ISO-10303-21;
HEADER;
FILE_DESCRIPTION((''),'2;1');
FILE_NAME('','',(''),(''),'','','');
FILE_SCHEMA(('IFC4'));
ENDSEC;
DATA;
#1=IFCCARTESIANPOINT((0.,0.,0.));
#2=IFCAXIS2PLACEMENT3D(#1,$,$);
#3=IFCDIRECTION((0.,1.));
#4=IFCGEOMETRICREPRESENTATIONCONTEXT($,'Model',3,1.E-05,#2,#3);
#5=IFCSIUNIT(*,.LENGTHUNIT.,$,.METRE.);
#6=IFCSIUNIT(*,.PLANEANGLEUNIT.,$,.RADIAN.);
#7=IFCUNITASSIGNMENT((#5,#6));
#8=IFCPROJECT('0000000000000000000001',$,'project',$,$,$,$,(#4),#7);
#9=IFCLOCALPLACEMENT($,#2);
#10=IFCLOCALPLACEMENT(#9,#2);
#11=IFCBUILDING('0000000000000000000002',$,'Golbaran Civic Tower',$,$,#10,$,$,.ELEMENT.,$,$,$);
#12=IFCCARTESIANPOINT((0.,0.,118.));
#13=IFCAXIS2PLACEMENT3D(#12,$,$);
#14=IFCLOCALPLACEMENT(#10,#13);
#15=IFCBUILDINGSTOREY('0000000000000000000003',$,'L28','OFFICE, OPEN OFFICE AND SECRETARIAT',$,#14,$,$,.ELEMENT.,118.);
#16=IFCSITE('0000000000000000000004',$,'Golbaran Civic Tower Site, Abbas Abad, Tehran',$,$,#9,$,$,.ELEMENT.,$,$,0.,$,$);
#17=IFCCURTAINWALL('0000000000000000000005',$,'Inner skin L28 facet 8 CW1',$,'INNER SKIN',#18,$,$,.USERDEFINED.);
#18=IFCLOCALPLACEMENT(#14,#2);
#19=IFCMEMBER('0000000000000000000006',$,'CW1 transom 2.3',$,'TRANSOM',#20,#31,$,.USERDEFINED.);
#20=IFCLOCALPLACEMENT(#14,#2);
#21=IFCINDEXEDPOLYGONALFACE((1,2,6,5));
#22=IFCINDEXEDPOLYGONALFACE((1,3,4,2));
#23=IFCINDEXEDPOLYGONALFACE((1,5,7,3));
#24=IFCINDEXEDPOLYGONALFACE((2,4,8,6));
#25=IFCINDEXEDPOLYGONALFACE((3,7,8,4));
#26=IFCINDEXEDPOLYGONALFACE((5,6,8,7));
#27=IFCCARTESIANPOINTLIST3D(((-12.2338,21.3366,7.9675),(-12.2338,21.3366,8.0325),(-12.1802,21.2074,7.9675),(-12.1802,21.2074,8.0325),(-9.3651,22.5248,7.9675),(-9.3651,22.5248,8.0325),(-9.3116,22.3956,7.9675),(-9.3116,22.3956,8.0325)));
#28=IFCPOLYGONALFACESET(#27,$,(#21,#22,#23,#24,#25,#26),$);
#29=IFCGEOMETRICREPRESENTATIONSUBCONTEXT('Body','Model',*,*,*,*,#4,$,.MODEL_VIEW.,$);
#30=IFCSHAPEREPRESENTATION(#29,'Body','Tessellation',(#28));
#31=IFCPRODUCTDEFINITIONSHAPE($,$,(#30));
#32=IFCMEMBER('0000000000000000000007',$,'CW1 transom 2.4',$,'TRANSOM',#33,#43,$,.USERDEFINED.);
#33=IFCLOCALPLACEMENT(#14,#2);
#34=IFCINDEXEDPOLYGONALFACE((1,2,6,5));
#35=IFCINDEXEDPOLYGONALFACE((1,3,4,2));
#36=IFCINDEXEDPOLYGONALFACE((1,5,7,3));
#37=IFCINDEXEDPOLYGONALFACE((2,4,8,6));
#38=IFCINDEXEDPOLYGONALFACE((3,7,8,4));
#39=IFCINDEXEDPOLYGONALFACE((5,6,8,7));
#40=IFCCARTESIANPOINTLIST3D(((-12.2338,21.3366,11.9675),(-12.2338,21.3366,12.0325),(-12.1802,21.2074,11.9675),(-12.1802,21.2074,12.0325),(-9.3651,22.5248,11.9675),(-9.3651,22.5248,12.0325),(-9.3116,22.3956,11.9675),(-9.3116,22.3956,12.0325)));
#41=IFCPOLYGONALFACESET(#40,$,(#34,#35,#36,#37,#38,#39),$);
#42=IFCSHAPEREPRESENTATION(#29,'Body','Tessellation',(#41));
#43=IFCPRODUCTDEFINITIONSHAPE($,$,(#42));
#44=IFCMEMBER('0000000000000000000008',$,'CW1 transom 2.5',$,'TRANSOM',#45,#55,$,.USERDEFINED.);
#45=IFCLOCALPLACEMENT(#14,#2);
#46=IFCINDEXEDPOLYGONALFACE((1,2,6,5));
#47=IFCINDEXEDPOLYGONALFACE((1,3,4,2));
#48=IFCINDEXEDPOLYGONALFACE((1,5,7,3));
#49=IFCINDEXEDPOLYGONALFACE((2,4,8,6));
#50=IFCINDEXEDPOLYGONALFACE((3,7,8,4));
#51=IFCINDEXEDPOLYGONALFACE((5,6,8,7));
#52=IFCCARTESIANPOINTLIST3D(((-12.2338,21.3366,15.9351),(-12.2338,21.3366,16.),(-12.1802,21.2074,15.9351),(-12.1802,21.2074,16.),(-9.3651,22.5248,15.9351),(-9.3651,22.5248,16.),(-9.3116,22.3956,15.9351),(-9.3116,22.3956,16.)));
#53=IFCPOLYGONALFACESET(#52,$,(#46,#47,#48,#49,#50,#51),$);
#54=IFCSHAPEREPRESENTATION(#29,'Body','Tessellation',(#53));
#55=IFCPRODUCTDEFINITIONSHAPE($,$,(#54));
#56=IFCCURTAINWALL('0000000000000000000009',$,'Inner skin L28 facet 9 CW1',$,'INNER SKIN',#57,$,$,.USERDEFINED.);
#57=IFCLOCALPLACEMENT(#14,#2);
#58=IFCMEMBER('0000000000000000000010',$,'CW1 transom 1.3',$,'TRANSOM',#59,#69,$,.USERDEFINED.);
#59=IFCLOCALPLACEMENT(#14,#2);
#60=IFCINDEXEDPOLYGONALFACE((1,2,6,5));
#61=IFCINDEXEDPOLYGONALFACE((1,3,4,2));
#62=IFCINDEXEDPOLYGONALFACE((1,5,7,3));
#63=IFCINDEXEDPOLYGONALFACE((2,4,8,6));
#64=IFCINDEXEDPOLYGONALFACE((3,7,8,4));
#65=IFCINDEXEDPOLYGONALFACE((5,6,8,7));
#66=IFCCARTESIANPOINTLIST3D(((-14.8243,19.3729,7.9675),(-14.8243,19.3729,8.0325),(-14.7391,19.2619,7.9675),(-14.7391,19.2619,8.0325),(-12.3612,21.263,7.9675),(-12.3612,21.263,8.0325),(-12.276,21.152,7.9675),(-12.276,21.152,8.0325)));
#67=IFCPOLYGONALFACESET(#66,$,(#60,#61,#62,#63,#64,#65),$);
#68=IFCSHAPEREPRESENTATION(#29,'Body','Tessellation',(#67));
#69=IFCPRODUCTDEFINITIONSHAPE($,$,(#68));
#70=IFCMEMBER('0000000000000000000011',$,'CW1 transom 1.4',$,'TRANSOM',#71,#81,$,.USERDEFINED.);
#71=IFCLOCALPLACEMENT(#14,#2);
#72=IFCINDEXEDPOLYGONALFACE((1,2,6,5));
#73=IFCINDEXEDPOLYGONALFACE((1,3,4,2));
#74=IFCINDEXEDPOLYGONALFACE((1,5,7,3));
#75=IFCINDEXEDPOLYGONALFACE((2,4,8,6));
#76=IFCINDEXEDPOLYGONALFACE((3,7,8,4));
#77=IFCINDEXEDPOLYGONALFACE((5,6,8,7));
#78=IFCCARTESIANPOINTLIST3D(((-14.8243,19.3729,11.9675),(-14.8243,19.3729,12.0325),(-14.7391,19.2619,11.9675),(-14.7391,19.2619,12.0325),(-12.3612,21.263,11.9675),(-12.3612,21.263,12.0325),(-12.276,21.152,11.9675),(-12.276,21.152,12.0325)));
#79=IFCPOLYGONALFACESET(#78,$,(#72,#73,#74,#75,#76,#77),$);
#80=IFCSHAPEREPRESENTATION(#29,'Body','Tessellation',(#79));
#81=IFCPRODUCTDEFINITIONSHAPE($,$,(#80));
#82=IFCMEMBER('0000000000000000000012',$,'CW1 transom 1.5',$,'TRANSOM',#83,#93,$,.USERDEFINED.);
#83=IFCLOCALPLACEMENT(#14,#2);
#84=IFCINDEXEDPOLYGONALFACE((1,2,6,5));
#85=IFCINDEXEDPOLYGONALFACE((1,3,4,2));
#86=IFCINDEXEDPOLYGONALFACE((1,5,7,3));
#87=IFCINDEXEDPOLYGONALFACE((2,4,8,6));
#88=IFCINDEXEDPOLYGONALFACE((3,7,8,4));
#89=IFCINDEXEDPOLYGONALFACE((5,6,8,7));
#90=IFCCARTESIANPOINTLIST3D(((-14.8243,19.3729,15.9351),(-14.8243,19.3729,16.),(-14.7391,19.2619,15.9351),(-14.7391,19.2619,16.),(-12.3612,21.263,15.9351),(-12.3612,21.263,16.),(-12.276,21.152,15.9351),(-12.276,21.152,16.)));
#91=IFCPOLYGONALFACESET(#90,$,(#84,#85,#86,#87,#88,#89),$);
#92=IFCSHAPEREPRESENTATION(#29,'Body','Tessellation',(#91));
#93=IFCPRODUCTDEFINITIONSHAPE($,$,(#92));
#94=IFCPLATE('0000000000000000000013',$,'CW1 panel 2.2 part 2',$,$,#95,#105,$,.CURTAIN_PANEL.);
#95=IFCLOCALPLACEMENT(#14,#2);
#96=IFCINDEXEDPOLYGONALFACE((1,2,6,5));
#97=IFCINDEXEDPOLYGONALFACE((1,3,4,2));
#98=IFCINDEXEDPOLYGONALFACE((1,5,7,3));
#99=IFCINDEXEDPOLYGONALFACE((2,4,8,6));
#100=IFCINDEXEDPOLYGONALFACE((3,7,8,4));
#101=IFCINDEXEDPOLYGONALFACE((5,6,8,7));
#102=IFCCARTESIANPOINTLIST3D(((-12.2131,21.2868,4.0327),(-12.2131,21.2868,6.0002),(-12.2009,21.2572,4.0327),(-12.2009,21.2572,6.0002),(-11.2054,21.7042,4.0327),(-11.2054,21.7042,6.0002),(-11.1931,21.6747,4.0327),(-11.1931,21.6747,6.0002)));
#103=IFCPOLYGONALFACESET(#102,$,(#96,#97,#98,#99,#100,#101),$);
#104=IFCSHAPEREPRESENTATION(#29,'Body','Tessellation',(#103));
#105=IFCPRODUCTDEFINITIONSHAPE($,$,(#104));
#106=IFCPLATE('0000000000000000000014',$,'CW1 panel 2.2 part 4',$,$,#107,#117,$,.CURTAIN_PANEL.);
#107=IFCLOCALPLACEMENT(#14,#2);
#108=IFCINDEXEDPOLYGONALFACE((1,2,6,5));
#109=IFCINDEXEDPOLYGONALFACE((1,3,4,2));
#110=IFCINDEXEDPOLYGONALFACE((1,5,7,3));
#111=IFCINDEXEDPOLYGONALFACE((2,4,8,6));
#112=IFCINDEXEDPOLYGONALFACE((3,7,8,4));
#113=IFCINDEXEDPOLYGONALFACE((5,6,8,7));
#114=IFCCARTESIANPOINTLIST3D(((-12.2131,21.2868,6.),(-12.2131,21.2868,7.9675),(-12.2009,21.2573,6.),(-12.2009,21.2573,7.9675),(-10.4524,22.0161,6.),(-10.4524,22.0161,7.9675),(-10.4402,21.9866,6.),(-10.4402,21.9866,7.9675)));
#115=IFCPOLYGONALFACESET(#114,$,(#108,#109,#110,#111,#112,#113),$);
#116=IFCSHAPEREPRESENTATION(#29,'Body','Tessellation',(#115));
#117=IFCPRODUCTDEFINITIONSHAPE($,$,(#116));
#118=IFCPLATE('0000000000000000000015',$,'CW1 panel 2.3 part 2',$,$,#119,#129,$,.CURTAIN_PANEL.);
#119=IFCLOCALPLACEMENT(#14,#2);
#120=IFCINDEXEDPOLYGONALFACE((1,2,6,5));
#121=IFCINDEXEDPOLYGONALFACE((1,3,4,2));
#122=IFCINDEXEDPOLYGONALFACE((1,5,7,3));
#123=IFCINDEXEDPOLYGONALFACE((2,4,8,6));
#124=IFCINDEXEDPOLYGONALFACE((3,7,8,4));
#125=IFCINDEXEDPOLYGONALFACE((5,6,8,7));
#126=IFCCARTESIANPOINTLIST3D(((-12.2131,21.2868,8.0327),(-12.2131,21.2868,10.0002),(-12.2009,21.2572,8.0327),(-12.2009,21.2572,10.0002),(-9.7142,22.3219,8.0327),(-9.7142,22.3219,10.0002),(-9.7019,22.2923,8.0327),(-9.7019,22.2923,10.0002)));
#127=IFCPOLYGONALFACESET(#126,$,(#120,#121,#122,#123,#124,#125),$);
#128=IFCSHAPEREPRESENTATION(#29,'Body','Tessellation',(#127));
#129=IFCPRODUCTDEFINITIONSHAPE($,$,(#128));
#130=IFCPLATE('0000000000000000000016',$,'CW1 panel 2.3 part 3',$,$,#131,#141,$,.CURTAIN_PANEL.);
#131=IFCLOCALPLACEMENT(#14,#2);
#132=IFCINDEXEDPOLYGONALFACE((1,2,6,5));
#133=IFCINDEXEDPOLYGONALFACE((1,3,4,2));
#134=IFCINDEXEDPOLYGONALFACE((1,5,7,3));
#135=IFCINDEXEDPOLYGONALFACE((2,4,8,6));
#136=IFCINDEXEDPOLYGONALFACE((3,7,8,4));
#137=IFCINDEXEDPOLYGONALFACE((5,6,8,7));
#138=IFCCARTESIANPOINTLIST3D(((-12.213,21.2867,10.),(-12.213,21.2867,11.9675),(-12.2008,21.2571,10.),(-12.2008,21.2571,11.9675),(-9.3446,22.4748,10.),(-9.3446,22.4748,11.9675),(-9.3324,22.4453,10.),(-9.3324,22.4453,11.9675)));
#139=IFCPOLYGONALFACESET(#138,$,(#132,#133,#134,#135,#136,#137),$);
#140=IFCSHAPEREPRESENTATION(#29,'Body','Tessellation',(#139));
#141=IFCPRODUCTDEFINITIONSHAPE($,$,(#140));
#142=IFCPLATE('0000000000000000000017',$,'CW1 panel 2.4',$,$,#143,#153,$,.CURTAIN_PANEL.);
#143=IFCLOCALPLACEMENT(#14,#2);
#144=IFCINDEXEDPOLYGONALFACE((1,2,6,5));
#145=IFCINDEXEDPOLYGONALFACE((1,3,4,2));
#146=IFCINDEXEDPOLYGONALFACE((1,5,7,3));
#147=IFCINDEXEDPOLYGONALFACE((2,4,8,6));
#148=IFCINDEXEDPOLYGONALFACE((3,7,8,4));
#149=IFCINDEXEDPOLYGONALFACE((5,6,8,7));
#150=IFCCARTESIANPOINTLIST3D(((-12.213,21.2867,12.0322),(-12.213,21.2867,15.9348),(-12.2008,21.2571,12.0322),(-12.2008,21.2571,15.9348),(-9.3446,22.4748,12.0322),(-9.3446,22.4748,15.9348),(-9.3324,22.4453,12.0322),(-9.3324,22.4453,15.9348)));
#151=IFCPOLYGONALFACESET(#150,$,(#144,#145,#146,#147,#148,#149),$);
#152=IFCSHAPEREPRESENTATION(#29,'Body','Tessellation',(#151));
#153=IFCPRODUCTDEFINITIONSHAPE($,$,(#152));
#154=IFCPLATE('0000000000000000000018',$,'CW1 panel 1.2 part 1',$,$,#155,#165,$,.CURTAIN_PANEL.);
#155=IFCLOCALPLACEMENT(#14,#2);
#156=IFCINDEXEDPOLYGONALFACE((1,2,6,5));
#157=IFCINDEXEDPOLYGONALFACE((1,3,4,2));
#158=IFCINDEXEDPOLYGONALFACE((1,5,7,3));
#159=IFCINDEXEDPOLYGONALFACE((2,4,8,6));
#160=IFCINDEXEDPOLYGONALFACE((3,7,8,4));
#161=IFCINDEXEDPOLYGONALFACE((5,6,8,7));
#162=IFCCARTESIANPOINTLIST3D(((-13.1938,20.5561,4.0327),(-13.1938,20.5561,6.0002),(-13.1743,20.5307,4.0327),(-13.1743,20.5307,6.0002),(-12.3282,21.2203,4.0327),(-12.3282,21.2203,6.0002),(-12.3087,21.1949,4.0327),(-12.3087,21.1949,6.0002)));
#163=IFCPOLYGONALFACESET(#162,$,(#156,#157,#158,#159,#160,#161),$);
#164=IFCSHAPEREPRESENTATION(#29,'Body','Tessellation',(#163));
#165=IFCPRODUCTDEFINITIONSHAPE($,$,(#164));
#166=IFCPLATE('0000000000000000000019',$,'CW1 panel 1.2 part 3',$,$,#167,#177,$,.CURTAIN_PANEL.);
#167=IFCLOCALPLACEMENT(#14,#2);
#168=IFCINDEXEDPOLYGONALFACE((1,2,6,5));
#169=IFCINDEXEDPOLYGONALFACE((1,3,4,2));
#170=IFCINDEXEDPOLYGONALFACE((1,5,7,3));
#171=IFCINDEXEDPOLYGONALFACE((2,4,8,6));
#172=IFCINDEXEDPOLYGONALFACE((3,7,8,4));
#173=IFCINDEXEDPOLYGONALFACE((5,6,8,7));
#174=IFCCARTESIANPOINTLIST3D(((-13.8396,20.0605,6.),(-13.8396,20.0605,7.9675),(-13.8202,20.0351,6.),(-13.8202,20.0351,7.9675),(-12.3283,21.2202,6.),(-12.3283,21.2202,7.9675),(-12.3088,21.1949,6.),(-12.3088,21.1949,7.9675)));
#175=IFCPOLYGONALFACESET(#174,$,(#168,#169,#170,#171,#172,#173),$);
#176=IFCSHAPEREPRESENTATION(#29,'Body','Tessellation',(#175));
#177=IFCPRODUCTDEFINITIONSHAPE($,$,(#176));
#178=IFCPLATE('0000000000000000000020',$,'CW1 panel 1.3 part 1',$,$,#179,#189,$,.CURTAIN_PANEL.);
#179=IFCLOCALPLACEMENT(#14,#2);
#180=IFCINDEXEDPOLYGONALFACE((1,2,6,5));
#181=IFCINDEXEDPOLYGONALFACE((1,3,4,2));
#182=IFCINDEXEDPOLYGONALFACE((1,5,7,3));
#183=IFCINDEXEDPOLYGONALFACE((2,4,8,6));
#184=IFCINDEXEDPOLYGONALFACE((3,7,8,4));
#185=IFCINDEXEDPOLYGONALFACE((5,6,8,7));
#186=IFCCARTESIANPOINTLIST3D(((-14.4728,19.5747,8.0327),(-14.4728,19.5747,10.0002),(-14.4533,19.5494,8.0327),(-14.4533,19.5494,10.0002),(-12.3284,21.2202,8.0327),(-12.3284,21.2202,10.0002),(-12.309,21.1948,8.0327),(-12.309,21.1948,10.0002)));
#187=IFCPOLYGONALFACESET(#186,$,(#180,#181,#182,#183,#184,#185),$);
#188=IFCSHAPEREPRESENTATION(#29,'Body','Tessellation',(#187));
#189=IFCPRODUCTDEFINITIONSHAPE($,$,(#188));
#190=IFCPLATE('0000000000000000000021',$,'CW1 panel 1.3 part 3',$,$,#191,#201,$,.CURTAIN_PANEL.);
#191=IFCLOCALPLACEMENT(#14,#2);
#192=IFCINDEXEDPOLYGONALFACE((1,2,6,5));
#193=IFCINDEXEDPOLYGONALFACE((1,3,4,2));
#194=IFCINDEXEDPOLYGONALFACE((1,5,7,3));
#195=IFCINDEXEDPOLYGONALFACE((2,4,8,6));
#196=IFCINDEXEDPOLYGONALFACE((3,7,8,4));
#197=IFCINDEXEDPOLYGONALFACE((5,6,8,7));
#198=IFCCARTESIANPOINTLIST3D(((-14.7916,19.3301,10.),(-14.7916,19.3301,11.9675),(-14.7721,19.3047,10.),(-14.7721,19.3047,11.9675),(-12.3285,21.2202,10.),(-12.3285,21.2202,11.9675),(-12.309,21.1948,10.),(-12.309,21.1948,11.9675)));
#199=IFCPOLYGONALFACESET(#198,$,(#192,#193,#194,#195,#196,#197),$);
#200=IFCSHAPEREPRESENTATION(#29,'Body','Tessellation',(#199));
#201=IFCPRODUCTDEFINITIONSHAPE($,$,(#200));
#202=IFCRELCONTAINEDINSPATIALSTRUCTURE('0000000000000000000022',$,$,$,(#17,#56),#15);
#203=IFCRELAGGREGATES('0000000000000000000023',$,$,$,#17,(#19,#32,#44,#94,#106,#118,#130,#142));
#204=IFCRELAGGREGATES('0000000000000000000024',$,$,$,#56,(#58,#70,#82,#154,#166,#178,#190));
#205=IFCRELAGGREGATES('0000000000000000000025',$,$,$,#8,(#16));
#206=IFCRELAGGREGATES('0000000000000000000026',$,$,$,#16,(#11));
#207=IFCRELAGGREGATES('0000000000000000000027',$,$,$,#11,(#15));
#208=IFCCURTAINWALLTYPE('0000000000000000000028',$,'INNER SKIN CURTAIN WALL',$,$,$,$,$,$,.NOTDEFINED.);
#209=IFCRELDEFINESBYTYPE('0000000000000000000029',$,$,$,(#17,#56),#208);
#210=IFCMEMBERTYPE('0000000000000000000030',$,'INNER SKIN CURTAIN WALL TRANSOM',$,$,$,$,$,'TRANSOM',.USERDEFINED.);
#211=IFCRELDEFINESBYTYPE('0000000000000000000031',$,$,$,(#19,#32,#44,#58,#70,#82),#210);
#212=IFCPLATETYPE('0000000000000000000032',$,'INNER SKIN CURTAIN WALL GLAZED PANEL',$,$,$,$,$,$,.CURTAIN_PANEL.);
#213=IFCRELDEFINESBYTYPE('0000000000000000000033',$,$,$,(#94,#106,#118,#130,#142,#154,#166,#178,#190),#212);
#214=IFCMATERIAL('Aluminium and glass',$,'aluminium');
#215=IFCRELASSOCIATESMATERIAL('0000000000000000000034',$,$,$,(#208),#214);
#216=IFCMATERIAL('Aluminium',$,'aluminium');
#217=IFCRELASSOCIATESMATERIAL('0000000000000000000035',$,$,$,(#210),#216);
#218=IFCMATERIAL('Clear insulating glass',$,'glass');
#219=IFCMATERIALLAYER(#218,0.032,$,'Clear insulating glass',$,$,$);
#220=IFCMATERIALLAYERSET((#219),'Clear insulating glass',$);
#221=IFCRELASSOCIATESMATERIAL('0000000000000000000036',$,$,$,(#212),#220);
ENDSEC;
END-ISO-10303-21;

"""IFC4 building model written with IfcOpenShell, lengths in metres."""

from ifc_helpers import new_model, si_unit, direction, frame, origin, origin_2d, place, context, subcontext, project, spatial, rectangle, extrude, material, layer, layer_set, material_profile, profile_set, type_object, element, aggregate, save


model = new_model("IFC4")

# Units and contexts
model_context = context("Model", 3, precision=1e-05, world=origin(), true_north=direction((0.0, 1.0)))
body_context = subcontext(model_context, "Body", "Model", "MODEL_VIEW")
ifc_project = project(units=[si_unit("LENGTHUNIT", "METRE"), si_unit("PLANEANGLEUNIT", "RADIAN")], contexts=[model_context])

# Site, building, storey
site_placement = place(None, origin())
site = spatial("IfcSite", under=ifc_project, at=site_placement, Name="Golbaran Civic Tower Site, Abbas Abad, Tehran", CompositionType="ELEMENT", RefElevation=0.0)
building_placement = place(site_placement, origin())
building = spatial("IfcBuilding", under=site, at=building_placement, Name="Golbaran Civic Tower", CompositionType="ELEMENT")
storey_placement = place(building_placement, frame((0.0, 0.0, 118.0)))
storey = spatial("IfcBuildingStorey", under=building, at=storey_placement, Name="L28", Description="OFFICE, OPEN OFFICE AND SECRETARIAT", CompositionType="ELEMENT", Elevation=118.0)

# Curtain walls, members
ifc_material_1 = material(Name="Aluminium and glass", Category="aluminium")
curtain_wall_type_1 = type_object("IfcCurtainWallType", Name="INNER SKIN CURTAIN WALL", PredefinedType="NOTDEFINED", material=ifc_material_1)
curtain_wall_1_placement = place(storey_placement, origin())
curtain_wall_1 = element("IfcCurtainWall", 1, at=curtain_wall_1_placement, inside=storey, type_object=curtain_wall_type_1, Name="Inner skin L28 facet 8 CW1", ObjectType="INNER SKIN", PredefinedType="USERDEFINED")
ifc_material_2 = material(Name="Aluminium", Category="aluminium")
ifc_material_profile = material_profile(ifc_material_2, rectangle(XDim=0.1399, YDim=0.0649, at=origin_2d()), Name="INNER SKIN CURTAIN WALL TRANSOM")
ifc_profile_set = profile_set([ifc_material_profile], Name="Aluminium")
member_type = type_object("IfcMemberType", Name="INNER SKIN CURTAIN WALL TRANSOM", ElementType="TRANSOM", PredefinedType="USERDEFINED", material=ifc_profile_set)
member_1_placement = place(storey_placement, frame((-9.3384, 22.4602, 8.0), z_axis=(-0.92388, -0.382683, 0.0), x_axis=(0.382683, -0.92388, 0.0)))
member_1 = element("IfcMember", 2, at=member_1_placement, type_object=member_type, Name="CW1 transom 2.3", ObjectType="TRANSOM", PredefinedType="USERDEFINED", context=body_context, shape_type="SweptSolid", body=[
    extrude(rectangle(XDim=0.1399, YDim=0.0649, at=origin_2d()), origin(), (0.0, 0.0, 1.0), 3.105),
])
member_2_placement = place(storey_placement, frame((-9.3384, 22.4602, 12.0), z_axis=(-0.92388, -0.382683, 0.0), x_axis=(0.382683, -0.92388, 0.0)))
member_2 = element("IfcMember", 3, at=member_2_placement, type_object=member_type, Name="CW1 transom 2.4", ObjectType="TRANSOM", PredefinedType="USERDEFINED", context=body_context, shape_type="SweptSolid", body=[
    extrude(rectangle(XDim=0.1399, YDim=0.0649, at=origin_2d()), origin(), (0.0, 0.0, 1.0), 3.105),
])
member_3_placement = place(storey_placement, frame((-9.3384, 22.4602, 15.9675), z_axis=(-0.92388, -0.382683, 0.0), x_axis=(0.382683, -0.92388, 0.0)))
member_3 = element("IfcMember", 4, at=member_3_placement, type_object=member_type, Name="CW1 transom 2.5", ObjectType="TRANSOM", PredefinedType="USERDEFINED", context=body_context, shape_type="SweptSolid", body=[
    extrude(rectangle(XDim=0.1399, YDim=0.0649, at=origin_2d()), origin(), (0.0, 0.0, 1.0), 3.105),
])
curtain_wall_2_placement = place(storey_placement, origin())
curtain_wall_2 = element("IfcCurtainWall", 5, at=curtain_wall_2_placement, inside=storey, type_object=curtain_wall_type_1, Name="Inner skin L28 facet 9 CW1", ObjectType="INNER SKIN", PredefinedType="USERDEFINED")
member_4_placement = place(storey_placement, frame((-12.3186, 21.2075, 8.0), z_axis=(-0.793337, -0.608783, 0.0), x_axis=(0.608783, -0.793337, 0.0)))
member_4 = element("IfcMember", 6, at=member_4_placement, type_object=member_type, Name="CW1 transom 1.3", ObjectType="TRANSOM", PredefinedType="USERDEFINED", context=body_context, shape_type="SweptSolid", body=[
    extrude(rectangle(XDim=0.1399, YDim=0.0649, at=origin_2d()), origin(), (0.0, 0.0, 1.0), 3.1047),
])
member_5_placement = place(storey_placement, frame((-12.3186, 21.2075, 12.0), z_axis=(-0.793337, -0.608783, 0.0), x_axis=(0.608783, -0.793337, 0.0)))
member_5 = element("IfcMember", 7, at=member_5_placement, type_object=member_type, Name="CW1 transom 1.4", ObjectType="TRANSOM", PredefinedType="USERDEFINED", context=body_context, shape_type="SweptSolid", body=[
    extrude(rectangle(XDim=0.1399, YDim=0.0649, at=origin_2d()), origin(), (0.0, 0.0, 1.0), 3.1047),
])
member_6_placement = place(storey_placement, frame((-12.3186, 21.2075, 15.9675), z_axis=(-0.793337, -0.608783, 0.0), x_axis=(0.608783, -0.793337, 0.0)))
member_6 = element("IfcMember", 8, at=member_6_placement, type_object=member_type, Name="CW1 transom 1.5", ObjectType="TRANSOM", PredefinedType="USERDEFINED", context=body_context, shape_type="SweptSolid", body=[
    extrude(rectangle(XDim=0.1399, YDim=0.0649, at=origin_2d()), origin(), (0.0, 0.0, 1.0), 3.1047),
])

# Plates
ifc_material_3 = material(Name="Clear insulating glass", Category="glass")
ifc_layer_1 = layer(ifc_material_3, 0.032, Name="Clear insulating glass")
ifc_layer_set_1 = layer_set([ifc_layer_1], Name="Clear insulating glass")
plate_type_1 = type_object("IfcPlateType", Name="INNER SKIN CURTAIN WALL GLAZED PANEL", PredefinedType="CURTAIN_PANEL", material=ifc_layer_set_1)
plate_1_placement = place(storey_placement, frame((-11.7031, 21.4807, 4.0327), z_axis=(0.0, 0.0, 1.0), x_axis=(-0.92388, -0.382683, 0.0)))
plate_1 = element("IfcPlate", 9, at=plate_1_placement, type_object=plate_type_1, Name="CW1 panel 2.2 part 2", PredefinedType="CURTAIN_PANEL", context=body_context, shape_type="SweptSolid", body=[
    extrude(rectangle(XDim=1.0908, YDim=0.032, at=origin_2d()), origin(), (0.0, 0.0, 1.0), 1.9675),
])
plate_2_placement = place(storey_placement, frame((-11.3267, 21.6367, 6.0), z_axis=(0.0, 0.0, 1.0), x_axis=(-0.92388, -0.382683, 0.0)))
plate_2 = element("IfcPlate", 10, at=plate_2_placement, type_object=plate_type_1, Name="CW1 panel 2.2 part 4", PredefinedType="CURTAIN_PANEL", context=body_context, shape_type="SweptSolid", body=[
    extrude(rectangle(XDim=1.9058, YDim=0.032, at=origin_2d()), origin(), (0.0, 0.0, 1.0), 1.9675),
])
plate_3_placement = place(storey_placement, frame((-10.9575, 21.7896, 8.0327), z_axis=(0.0, 0.0, 1.0), x_axis=(-0.92388, -0.382683, 0.0)))
plate_3 = element("IfcPlate", 11, at=plate_3_placement, type_object=plate_type_1, Name="CW1 panel 2.3 part 2", PredefinedType="CURTAIN_PANEL", context=body_context, shape_type="SweptSolid", body=[
    extrude(rectangle(XDim=2.7048, YDim=0.032, at=origin_2d()), origin(), (0.0, 0.0, 1.0), 1.9675),
])
plate_4_placement = place(storey_placement, frame((-10.7727, 21.866, 10.0), z_axis=(0.0, 0.0, 1.0), x_axis=(-0.92388, -0.382683, 0.0)))
plate_4 = element("IfcPlate", 12, at=plate_4_placement, type_object=plate_type_1, Name="CW1 panel 2.3 part 3", PredefinedType="CURTAIN_PANEL", context=body_context, shape_type="SweptSolid", body=[
    extrude(rectangle(XDim=3.1047, YDim=0.032, at=origin_2d()), origin(), (0.0, 0.0, 1.0), 1.9675),
])
plate_5_placement = place(storey_placement, frame((-10.7727, 21.866, 12.0322), z_axis=(0.0, 0.0, 1.0), x_axis=(-0.92388, -0.382683, 0.0)))
plate_5 = element("IfcPlate", 13, at=plate_5_placement, type_object=plate_type_1, Name="CW1 panel 2.4", PredefinedType="CURTAIN_PANEL", context=body_context, shape_type="SweptSolid", body=[
    extrude(rectangle(XDim=3.1047, YDim=0.032, at=origin_2d()), origin(), (0.0, 0.0, 1.0), 3.9026),
])
plate_6_placement = place(storey_placement, frame((-12.7512, 20.8755, 4.0327), z_axis=(0.0, 0.0, 1.0), x_axis=(-0.793353, -0.608761, 0.0)))
plate_6 = element("IfcPlate", 14, at=plate_6_placement, type_object=plate_type_1, Name="CW1 panel 1.2 part 1", PredefinedType="CURTAIN_PANEL", context=body_context, shape_type="SweptSolid", body=[
    extrude(rectangle(XDim=1.0911, YDim=0.032, at=origin_2d()), origin(), (0.0, 0.0, 1.0), 1.9675),
])
plate_7_placement = place(storey_placement, frame((-13.0742, 20.6277, 6.0), z_axis=(0.0, 0.0, 1.0), x_axis=(-0.793353, -0.608761, 0.0)))
plate_7 = element("IfcPlate", 15, at=plate_7_placement, type_object=plate_type_1, Name="CW1 panel 1.2 part 3", PredefinedType="CURTAIN_PANEL", context=body_context, shape_type="SweptSolid", body=[
    extrude(rectangle(XDim=1.905, YDim=0.032, at=origin_2d()), origin(), (0.0, 0.0, 1.0), 1.9675),
])
plate_8_placement = place(storey_placement, frame((-13.3909, 20.3848, 8.0327), z_axis=(0.0, 0.0, 1.0), x_axis=(-0.793353, -0.608761, 0.0)))
plate_8 = element("IfcPlate", 16, at=plate_8_placement, type_object=plate_type_1, Name="CW1 panel 1.3 part 1", PredefinedType="CURTAIN_PANEL", context=body_context, shape_type="SweptSolid", body=[
    extrude(rectangle(XDim=2.7029, YDim=0.032, at=origin_2d()), origin(), (0.0, 0.0, 1.0), 1.9675),
])
plate_9_placement = place(storey_placement, frame((-13.5503, 20.2625, 10.0), z_axis=(0.0, 0.0, 1.0), x_axis=(-0.793353, -0.608761, 0.0)))
plate_9 = element("IfcPlate", 17, at=plate_9_placement, type_object=plate_type_1, Name="CW1 panel 1.3 part 3", PredefinedType="CURTAIN_PANEL", context=body_context, shape_type="SweptSolid", body=[
    extrude(rectangle(XDim=3.1047, YDim=0.032, at=origin_2d()), origin(), (0.0, 0.0, 1.0), 1.9675),
])
aggregate(curtain_wall_1, [member_1, member_2, member_3, plate_1, plate_2, plate_3, plate_4, plate_5])
aggregate(curtain_wall_2, [member_4, member_5, member_6, plate_6, plate_7, plate_8, plate_9])

save(model, "model.ifc")
